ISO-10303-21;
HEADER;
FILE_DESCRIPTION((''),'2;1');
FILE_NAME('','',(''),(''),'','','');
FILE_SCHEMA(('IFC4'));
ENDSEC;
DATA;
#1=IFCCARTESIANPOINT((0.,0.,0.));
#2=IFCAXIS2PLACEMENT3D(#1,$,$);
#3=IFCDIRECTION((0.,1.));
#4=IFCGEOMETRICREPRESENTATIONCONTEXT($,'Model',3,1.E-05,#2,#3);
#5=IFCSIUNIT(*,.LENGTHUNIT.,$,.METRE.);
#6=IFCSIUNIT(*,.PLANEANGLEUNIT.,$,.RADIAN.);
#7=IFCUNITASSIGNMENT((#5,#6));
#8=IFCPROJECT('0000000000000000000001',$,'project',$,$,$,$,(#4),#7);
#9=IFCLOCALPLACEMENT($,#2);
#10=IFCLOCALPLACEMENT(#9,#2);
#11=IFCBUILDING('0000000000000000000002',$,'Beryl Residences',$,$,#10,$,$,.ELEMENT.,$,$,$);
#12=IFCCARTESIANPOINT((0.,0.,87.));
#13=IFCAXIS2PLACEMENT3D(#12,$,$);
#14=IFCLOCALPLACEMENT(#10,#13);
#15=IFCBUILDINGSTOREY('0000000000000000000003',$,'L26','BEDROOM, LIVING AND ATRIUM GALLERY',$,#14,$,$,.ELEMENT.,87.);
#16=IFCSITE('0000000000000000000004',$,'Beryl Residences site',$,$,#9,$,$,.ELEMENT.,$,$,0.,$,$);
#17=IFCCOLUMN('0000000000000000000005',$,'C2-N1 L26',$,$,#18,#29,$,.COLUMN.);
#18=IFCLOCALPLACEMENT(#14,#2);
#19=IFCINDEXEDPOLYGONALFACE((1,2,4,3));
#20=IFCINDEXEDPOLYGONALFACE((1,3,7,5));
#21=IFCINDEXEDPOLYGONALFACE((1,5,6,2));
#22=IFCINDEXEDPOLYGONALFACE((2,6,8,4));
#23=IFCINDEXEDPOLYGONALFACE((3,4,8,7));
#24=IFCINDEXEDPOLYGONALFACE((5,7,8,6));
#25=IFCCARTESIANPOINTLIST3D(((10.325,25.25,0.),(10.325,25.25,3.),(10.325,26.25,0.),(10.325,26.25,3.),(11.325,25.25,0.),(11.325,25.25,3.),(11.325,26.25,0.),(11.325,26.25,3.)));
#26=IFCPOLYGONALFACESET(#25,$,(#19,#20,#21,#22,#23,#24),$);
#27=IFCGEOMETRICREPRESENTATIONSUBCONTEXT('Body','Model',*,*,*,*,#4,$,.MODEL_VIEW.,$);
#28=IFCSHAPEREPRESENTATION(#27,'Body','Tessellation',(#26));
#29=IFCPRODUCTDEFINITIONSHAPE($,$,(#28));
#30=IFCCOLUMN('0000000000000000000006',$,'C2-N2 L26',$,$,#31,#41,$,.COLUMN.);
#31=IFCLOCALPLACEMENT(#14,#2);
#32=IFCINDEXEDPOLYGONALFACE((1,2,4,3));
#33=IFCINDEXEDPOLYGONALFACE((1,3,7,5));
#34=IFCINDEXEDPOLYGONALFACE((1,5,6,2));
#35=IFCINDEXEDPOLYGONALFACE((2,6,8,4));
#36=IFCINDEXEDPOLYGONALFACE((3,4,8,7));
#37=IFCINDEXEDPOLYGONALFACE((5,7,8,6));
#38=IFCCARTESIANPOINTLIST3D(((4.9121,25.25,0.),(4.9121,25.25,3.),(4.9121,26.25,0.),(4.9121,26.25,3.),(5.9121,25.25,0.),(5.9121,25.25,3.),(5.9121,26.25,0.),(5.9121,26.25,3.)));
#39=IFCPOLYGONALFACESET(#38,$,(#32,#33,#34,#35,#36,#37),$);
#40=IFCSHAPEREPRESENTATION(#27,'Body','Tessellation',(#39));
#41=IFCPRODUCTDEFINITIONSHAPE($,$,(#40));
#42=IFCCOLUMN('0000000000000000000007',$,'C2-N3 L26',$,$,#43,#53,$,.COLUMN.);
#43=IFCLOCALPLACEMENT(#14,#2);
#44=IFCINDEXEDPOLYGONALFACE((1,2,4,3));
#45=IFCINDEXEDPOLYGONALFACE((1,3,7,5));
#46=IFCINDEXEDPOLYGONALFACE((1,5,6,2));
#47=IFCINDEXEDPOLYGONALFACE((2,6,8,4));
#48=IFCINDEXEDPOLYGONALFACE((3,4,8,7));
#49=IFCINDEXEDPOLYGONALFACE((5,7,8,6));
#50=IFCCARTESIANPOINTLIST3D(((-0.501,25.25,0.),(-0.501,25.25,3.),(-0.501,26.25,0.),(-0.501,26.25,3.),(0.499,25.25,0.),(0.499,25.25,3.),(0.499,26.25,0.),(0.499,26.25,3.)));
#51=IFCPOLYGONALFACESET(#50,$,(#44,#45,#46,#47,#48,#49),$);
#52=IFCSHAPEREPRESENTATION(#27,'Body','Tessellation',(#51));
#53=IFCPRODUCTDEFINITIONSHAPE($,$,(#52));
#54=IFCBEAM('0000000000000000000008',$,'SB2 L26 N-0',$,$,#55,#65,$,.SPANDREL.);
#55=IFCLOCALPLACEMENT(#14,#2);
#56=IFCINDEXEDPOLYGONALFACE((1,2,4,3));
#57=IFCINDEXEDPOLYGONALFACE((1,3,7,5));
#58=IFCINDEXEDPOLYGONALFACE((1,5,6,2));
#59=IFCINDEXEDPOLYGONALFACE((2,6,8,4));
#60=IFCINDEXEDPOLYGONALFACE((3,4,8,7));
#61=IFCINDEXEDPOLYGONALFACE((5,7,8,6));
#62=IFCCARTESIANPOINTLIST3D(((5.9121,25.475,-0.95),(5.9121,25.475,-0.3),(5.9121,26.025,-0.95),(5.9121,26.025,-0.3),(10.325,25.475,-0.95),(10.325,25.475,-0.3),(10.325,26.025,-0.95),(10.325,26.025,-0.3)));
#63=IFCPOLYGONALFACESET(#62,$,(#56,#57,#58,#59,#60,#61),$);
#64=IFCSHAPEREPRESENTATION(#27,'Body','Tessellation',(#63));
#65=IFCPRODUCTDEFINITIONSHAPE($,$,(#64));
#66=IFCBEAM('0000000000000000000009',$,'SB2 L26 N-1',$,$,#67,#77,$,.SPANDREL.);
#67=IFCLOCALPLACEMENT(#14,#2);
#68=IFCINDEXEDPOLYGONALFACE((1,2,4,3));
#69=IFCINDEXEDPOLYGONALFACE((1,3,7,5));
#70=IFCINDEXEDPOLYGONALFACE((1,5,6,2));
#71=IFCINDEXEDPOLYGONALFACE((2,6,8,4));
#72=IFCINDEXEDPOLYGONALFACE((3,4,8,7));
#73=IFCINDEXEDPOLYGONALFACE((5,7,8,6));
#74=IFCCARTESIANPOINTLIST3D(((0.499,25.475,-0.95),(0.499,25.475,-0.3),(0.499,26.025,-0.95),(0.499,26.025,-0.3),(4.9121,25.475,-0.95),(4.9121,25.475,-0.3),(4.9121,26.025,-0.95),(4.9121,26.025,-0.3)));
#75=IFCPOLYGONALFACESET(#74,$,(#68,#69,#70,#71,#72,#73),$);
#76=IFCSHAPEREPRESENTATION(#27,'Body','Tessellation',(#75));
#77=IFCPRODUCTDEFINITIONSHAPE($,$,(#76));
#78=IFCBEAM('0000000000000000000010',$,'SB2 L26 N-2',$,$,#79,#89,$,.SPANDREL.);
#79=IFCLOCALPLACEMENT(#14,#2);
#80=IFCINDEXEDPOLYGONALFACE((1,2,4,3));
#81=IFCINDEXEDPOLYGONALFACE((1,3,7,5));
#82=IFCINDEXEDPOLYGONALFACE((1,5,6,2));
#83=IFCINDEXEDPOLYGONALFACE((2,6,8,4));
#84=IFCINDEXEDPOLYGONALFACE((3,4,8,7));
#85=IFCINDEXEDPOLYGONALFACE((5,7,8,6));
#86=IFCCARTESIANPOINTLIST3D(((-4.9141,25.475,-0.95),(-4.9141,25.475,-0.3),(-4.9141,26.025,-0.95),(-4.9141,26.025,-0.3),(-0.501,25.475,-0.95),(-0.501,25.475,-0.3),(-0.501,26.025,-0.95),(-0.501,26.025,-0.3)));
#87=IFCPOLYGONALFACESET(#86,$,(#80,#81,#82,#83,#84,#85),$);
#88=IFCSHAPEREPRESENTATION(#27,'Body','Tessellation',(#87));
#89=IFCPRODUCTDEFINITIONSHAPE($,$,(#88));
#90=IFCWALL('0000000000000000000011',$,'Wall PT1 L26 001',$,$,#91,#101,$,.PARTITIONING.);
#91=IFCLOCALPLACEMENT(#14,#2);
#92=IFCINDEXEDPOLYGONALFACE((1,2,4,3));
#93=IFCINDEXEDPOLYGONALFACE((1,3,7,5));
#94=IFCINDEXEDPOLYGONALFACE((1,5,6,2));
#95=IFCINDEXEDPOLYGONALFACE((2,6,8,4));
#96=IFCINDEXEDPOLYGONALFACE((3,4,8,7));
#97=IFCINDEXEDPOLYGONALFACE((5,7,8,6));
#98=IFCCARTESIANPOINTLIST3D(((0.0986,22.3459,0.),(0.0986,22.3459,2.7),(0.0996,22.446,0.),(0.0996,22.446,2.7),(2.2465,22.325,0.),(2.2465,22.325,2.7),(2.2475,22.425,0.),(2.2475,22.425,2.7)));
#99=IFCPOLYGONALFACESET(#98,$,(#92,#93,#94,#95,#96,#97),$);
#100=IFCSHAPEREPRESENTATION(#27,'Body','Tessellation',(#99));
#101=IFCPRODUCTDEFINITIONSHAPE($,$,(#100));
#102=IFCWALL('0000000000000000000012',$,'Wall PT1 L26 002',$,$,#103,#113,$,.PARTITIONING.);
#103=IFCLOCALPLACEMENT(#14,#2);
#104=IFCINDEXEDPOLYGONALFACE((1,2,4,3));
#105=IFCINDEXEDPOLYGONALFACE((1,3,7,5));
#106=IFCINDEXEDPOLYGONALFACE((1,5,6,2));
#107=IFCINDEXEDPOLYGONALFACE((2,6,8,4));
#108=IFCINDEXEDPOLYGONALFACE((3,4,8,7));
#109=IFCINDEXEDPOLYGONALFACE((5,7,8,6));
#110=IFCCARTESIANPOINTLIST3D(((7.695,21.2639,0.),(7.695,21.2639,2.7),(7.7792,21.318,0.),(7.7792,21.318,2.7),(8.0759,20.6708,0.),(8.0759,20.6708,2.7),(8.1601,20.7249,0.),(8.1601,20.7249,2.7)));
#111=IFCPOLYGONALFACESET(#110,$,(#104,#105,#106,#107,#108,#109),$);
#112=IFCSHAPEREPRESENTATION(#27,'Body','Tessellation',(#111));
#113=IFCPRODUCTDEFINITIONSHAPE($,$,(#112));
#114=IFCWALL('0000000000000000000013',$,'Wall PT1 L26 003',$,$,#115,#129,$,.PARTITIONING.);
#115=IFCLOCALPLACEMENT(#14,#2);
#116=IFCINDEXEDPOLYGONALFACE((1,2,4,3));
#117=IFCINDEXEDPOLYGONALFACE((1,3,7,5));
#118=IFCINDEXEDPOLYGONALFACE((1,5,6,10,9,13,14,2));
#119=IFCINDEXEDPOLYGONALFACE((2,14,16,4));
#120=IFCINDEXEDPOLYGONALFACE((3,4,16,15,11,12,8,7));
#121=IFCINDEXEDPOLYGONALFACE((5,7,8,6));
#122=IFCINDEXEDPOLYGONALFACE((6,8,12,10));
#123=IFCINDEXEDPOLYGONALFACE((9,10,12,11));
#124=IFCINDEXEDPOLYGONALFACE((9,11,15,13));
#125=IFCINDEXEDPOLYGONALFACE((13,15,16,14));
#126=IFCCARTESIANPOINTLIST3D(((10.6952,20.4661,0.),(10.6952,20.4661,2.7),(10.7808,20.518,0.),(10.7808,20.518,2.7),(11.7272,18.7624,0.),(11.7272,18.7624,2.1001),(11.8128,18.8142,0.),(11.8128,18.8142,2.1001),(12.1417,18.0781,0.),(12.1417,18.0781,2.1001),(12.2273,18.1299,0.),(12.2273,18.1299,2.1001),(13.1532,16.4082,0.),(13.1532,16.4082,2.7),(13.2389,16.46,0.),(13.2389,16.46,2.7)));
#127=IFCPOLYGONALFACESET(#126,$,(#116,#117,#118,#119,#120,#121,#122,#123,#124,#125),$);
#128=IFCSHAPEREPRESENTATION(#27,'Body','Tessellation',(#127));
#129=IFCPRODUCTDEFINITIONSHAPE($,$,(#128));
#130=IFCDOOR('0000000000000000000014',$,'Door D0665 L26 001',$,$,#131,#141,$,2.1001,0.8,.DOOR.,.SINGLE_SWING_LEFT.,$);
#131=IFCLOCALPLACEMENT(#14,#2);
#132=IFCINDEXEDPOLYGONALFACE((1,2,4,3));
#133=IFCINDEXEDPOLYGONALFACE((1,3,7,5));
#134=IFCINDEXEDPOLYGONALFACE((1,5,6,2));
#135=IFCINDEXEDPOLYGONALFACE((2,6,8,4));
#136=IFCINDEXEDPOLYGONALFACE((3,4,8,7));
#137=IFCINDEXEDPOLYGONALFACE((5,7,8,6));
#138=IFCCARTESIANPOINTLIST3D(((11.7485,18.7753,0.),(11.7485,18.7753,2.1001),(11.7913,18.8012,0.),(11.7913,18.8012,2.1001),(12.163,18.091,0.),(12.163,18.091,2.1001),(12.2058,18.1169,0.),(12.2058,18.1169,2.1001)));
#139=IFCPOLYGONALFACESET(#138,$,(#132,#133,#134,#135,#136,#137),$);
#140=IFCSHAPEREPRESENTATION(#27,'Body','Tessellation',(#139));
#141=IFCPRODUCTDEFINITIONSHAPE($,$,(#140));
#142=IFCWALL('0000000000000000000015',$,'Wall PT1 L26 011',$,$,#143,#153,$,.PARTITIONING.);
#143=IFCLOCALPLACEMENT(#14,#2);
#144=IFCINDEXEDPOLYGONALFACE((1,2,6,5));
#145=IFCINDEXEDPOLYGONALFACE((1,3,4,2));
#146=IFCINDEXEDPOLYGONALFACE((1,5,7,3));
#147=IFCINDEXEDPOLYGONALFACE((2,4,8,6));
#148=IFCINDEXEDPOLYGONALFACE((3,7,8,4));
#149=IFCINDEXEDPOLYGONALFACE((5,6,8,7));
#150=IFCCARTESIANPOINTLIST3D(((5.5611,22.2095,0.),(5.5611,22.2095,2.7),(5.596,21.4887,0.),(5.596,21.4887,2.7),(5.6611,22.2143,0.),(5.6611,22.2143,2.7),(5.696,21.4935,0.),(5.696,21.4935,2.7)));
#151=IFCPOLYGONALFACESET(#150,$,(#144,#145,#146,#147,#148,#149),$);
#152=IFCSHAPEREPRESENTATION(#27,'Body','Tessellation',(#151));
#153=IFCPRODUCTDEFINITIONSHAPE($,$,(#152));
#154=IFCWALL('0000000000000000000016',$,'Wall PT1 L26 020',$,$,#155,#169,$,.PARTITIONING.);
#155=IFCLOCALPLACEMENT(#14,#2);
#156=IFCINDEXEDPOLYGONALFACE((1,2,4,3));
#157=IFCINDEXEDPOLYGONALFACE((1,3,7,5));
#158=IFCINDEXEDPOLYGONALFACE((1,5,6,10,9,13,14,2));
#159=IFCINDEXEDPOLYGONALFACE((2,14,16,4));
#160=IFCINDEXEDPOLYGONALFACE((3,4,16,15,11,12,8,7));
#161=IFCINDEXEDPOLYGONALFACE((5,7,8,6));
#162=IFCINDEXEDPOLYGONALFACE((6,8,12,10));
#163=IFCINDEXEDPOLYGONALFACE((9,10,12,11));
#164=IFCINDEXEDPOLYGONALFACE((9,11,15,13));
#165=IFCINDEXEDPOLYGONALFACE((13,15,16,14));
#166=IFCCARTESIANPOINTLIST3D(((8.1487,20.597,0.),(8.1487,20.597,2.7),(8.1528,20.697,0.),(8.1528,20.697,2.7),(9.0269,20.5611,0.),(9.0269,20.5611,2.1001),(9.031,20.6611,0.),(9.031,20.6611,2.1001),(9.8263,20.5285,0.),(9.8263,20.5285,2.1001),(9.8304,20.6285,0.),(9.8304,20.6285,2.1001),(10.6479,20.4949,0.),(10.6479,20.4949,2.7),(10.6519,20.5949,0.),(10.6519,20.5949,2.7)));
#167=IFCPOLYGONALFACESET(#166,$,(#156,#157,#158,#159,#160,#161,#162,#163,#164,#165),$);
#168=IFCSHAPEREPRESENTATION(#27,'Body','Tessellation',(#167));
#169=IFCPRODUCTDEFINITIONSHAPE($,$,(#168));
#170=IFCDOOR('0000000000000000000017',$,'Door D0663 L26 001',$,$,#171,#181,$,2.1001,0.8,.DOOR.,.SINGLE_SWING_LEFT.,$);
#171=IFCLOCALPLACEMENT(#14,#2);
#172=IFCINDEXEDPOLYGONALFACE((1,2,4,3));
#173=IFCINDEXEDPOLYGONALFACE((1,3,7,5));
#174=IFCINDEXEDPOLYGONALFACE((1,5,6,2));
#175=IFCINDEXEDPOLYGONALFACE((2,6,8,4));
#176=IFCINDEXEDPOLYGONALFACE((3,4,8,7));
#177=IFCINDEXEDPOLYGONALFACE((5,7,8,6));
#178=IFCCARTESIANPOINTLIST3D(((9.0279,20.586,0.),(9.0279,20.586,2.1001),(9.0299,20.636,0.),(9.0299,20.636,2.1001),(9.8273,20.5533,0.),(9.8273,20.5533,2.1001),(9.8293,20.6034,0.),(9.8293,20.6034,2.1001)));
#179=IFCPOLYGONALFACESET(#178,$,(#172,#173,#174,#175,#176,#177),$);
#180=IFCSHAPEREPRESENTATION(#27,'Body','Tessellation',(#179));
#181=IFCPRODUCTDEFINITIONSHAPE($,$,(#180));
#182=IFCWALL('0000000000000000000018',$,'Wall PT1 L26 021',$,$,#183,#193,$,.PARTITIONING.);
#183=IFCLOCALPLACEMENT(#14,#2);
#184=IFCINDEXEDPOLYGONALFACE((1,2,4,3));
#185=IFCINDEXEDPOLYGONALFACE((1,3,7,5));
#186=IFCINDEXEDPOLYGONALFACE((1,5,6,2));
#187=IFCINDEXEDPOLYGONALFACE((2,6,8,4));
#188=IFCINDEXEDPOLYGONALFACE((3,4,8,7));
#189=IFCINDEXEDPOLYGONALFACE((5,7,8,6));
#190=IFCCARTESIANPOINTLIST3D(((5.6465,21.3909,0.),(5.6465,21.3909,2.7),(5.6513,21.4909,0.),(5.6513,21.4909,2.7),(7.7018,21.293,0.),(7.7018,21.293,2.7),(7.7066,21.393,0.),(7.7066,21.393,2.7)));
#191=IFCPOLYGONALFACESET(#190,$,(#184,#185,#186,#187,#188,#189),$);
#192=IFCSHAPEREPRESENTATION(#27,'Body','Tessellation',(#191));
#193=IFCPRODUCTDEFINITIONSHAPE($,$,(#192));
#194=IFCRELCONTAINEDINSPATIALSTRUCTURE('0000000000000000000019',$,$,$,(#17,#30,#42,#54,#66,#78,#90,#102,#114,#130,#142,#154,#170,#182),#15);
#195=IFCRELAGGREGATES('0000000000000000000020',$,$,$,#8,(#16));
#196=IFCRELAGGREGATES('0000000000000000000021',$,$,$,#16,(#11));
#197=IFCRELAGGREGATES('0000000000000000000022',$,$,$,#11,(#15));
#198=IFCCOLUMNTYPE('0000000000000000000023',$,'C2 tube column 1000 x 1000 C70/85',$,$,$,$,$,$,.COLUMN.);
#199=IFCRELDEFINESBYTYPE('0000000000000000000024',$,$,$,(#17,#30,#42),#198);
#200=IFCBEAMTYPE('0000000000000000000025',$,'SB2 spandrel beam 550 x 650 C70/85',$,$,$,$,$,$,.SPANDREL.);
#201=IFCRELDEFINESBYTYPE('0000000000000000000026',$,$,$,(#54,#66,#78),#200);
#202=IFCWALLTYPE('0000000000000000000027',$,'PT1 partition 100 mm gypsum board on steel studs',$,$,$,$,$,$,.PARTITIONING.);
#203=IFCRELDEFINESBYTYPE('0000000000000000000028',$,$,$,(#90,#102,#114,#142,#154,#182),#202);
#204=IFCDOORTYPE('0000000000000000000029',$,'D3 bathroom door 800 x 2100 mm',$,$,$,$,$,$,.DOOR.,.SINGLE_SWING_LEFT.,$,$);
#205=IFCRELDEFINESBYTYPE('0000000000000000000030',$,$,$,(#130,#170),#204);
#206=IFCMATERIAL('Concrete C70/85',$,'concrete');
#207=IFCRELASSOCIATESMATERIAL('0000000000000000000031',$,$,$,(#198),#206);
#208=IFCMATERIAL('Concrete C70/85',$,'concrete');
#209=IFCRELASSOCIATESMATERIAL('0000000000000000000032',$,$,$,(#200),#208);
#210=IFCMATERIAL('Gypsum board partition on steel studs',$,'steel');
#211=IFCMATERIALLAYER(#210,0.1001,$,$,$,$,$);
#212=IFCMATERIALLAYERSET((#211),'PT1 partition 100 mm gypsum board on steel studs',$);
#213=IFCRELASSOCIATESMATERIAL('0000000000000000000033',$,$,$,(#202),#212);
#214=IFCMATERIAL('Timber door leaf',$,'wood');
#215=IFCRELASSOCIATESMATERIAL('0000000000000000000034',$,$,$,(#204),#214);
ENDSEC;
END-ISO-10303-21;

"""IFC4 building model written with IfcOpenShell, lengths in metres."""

from ifc_helpers import new_model, si_unit, direction, frame, frame_2d, origin, origin_2d, place, context, subcontext, project, spatial, rectangle, extrude, material, layer, layer_set, material_profile, profile_set, type_object, element, fill, save


model = new_model("IFC4")

# Units and contexts
model_context = context("Model", 3, precision=1e-05, world=origin(), true_north=direction((0.0, 1.0)))
body_context = subcontext(model_context, "Body", "Model", "MODEL_VIEW")
ifc_project = project(units=[si_unit("LENGTHUNIT", "METRE"), si_unit("PLANEANGLEUNIT", "RADIAN")], contexts=[model_context])

# Site, building, storey
site_placement = place(None, origin())
site = spatial("IfcSite", under=ifc_project, at=site_placement, Name="Beryl Residences site", CompositionType="ELEMENT", RefElevation=0.0)
building_placement = place(site_placement, origin())
building = spatial("IfcBuilding", under=site, at=building_placement, Name="Beryl Residences", CompositionType="ELEMENT")
storey_placement = place(building_placement, frame((0.0, 0.0, 87.0)))
storey = spatial("IfcBuildingStorey", under=building, at=storey_placement, Name="L26", Description="BEDROOM, LIVING AND ATRIUM GALLERY", CompositionType="ELEMENT", Elevation=87.0)

# Columns
ifc_material_1 = material(Name="Concrete C70/85", Category="concrete")
ifc_material_profile_1 = material_profile(ifc_material_1, rectangle(XDim=1.0, YDim=1.0, at=origin_2d()))
ifc_profile_set_1 = profile_set([ifc_material_profile_1], Name="Concrete C70/85")
column_type = type_object("IfcColumnType", Name="C2 tube column 1000 x 1000 C70/85", PredefinedType="COLUMN", material=ifc_profile_set_1)
for number, where, z_axis, x_axis, name in (
    (1, (10.825, 25.75, 0.0), (0.0, 0.0, 1.0), (-1.0, 0.0, 0.0), "C2-N1 L26"),
    (2, (5.4121, 25.75, 0.0), (0.0, 0.0, 1.0), (-1.0, 0.0, 0.0), "C2-N2 L26"),
    (3, (-0.001, 25.75, 0.0), (0.0, 0.0, 1.0), (-1.0, 0.0, 0.0), "C2-N3 L26"),
):
    element("IfcColumn", number, at=place(storey_placement, frame(where, z_axis=z_axis, x_axis=x_axis)), inside=storey, type_object=column_type, Name=name, PredefinedType="COLUMN", context=body_context, shape_type="SweptSolid", body=[
        extrude(rectangle(XDim=1.0, YDim=1.0, at=origin_2d()), origin(), (0.0, 0.0, 1.0), 3.0),
    ])

# Beams
ifc_material_2 = material(Name="Concrete C70/85", Category="concrete")
ifc_material_profile_2 = material_profile(ifc_material_2, rectangle(XDim=0.55, YDim=0.6499, at=origin_2d()))
ifc_profile_set_2 = profile_set([ifc_material_profile_2], Name="Concrete C70/85")
beam_type = type_object("IfcBeamType", Name="SB2 spandrel beam 550 x 650 C70/85", PredefinedType="SPANDREL", material=ifc_profile_set_2)
beam_placement = place(storey_placement, frame((10.325, 25.75, -0.625), z_axis=(-1.0, 0.0, 0.0), x_axis=(0.0, -1.0, 0.0)))
element("IfcBeam", 4, at=beam_placement, inside=storey, type_object=beam_type, Name="SB2 L26 N-0", PredefinedType="SPANDREL", context=body_context, shape_type="SweptSolid", body=[
    extrude(rectangle(XDim=0.55, YDim=0.6499, at=origin_2d()), origin(), (0.0, 0.0, 1.0), 4.4128),
])
for number, where, z_axis, x_axis, name in (
    (5, (4.9121, 25.75, -0.625), (-1.0, 0.0, 0.0), (0.0, -1.0, 0.0), "SB2 L26 N-1"),
    (6, (-0.501, 25.75, -0.625), (-1.0, 0.0, 0.0), (0.0, -1.0, 0.0), "SB2 L26 N-2"),
):
    element("IfcBeam", number, at=place(storey_placement, frame(where, z_axis=z_axis, x_axis=x_axis)), inside=storey, type_object=beam_type, Name=name, PredefinedType="SPANDREL", context=body_context, shape_type="SweptSolid", body=[
        extrude(rectangle(XDim=0.55, YDim=0.6499, at=origin_2d()), origin(), (0.0, 0.0, 1.0), 4.4131),
    ])

# Walls
ifc_material_3 = material(Name="Gypsum board partition on steel studs", Category="steel")
ifc_layer_1 = layer(ifc_material_3, 0.1001)
ifc_layer_set_1 = layer_set([ifc_layer_1], Name="PT1 partition 100 mm gypsum board on steel studs")
wall_type_1 = type_object("IfcWallType", Name="PT1 partition 100 mm gypsum board on steel studs", PredefinedType="PARTITIONING", material=ifc_layer_set_1)
wall_1_placement = place(storey_placement, frame((0.0991, 22.396, 0.0), z_axis=(0.0, 0.0, 1.0), x_axis=(0.999952, -0.009774, 0.0)))
element("IfcWall", 7, at=wall_1_placement, inside=storey, type_object=wall_type_1, Name="Wall PT1 L26 001", PredefinedType="PARTITIONING", context=body_context, shape_type="SweptSolid", body=[
    extrude(rectangle(XDim=2.1479, YDim=0.1001, at=frame_2d((1.074, 0.0))), origin(), (0.0, 0.0, 1.0), 2.7),
])
wall_2_placement = place(storey_placement, frame((7.7371, 21.291, 0.0), z_axis=(0.0, 0.0, 1.0), x_axis=(0.54039, -0.841415, 0.0)))
element("IfcWall", 8, at=wall_2_placement, inside=storey, type_object=wall_type_1, Name="Wall PT1 L26 002", PredefinedType="PARTITIONING", context=body_context, shape_type="SweptSolid", body=[
    extrude(rectangle(XDim=0.7048, YDim=0.1001, at=frame_2d((0.3525, 0.0))), origin(), (0.0, 0.0, 1.0), 2.7),
])

# Wall, opening, door
wall_3_placement = place(storey_placement, frame((10.738, 20.4919, 0.0), z_axis=(0.0, 0.0, 1.0), x_axis=(0.518101, -0.855319, 0.0)))
wall_3 = element("IfcWall", 9, at=wall_3_placement, inside=storey, type_object=wall_type_1, Name="Wall PT1 L26 003", PredefinedType="PARTITIONING", context=body_context, shape_type="SweptSolid", body=[
    extrude(rectangle(XDim=4.7444, YDim=0.1001, at=frame_2d((2.3721, 0.0))), origin(), (0.0, 0.0, 1.0), 2.7),
])
opening_1_placement = place(wall_3_placement, frame((1.9919, 0.0, 0.0)))
opening_1 = element("IfcOpeningElement", 10, at=opening_1_placement, cuts=wall_3, PredefinedType="OPENING", context=body_context, shape_type="SweptSolid", body=[
    extrude(rectangle(XDim=0.8, YDim=2.1001, at=frame_2d((0.3999, 1.05))), frame((0.0, 0.0601, 0.0), z_axis=(0.0, -1.0, 0.0), x_axis=(1.0, 0.0, 0.0)), (0.0, 0.0, 1.0), 0.1201),
])
ifc_material_4 = material(Name="Timber door leaf", Category="wood")
door_type_1 = type_object("IfcDoorType", Name="D3 bathroom door 800 x 2100 mm", OperationType="SINGLE_SWING_LEFT", PredefinedType="DOOR", material=ifc_material_4)
door_1_placement = place(opening_1_placement, origin())
door_1 = element("IfcDoor", 11, at=door_1_placement, inside=storey, type_object=door_type_1, Name="Door D0665 L26 001", OperationType="SINGLE_SWING_LEFT", OverallHeight=2.1001, OverallWidth=0.8, PredefinedType="DOOR", context=body_context, shape_type="SweptSolid", body=[
    extrude(rectangle(XDim=0.8, YDim=2.1001, at=frame_2d((0.3999, 1.05))), frame((0.0, 0.0249, 0.0), z_axis=(0.0, -1.0, 0.0), x_axis=(1.0, 0.0, 0.0)), (0.0, 0.0, 1.0), 0.05),
])
fill(opening_1, door_1)

# Wall
wall_4_placement = place(storey_placement, frame((5.6111, 22.2119, 0.0), z_axis=(0.0, 0.0, 1.0), x_axis=(0.048369, -0.99883, 0.0)))
element("IfcWall", 12, at=wall_4_placement, inside=storey, type_object=wall_type_1, Name="Wall PT1 L26 011", PredefinedType="PARTITIONING", context=body_context, shape_type="SweptSolid", body=[
    extrude(rectangle(XDim=0.7217, YDim=0.1001, at=frame_2d((0.3608, 0.0))), origin(), (0.0, 0.0, 1.0), 2.7),
])

# Wall, opening, door
wall_5_placement = place(storey_placement, frame((8.1509, 20.647, 0.0), z_axis=(0.0, 0.0, 1.0), x_axis=(0.999167, -0.040802, 0.0)))
wall_5 = element("IfcWall", 13, at=wall_5_placement, inside=storey, type_object=wall_type_1, Name="Wall PT1 L26 020", PredefinedType="PARTITIONING", context=body_context, shape_type="SweptSolid", body=[
    extrude(rectangle(XDim=2.5012, YDim=0.1001, at=frame_2d((1.2505, 0.0))), origin(), (0.0, 0.0, 1.0), 2.7),
])
opening_2_placement = place(wall_5_placement, frame((0.8789, 0.0, 0.0)))
opening_2 = element("IfcOpeningElement", 14, at=opening_2_placement, cuts=wall_5, PredefinedType="OPENING", context=body_context, shape_type="SweptSolid", body=[
    extrude(rectangle(XDim=0.8, YDim=2.1001, at=frame_2d((0.3999, 1.05))), frame((0.0, 0.0601, 0.0), z_axis=(0.0, -1.0, 0.0), x_axis=(1.0, 0.0, 0.0)), (0.0, 0.0, 1.0), 0.1201),
])
door_2_placement = place(opening_2_placement, origin())
door_2 = element("IfcDoor", 15, at=door_2_placement, inside=storey, type_object=door_type_1, Name="Door D0663 L26 001", OperationType="SINGLE_SWING_LEFT", OverallHeight=2.1001, OverallWidth=0.8, PredefinedType="DOOR", context=body_context, shape_type="SweptSolid", body=[
    extrude(rectangle(XDim=0.8, YDim=2.1001, at=frame_2d((0.3999, 1.05))), frame((0.0, 0.0249, 0.0), z_axis=(0.0, -1.0, 0.0), x_axis=(1.0, 0.0, 0.0)), (0.0, 0.0, 1.0), 0.05),
])
fill(opening_2, door_2)

# Wall
wall_6_placement = place(storey_placement, frame((5.6489, 21.4409, 0.0), z_axis=(0.0, 0.0, 1.0), x_axis=(0.998867, -0.047582, 0.0)))
element("IfcWall", 16, at=wall_6_placement, inside=storey, type_object=wall_type_1, Name="Wall PT1 L26 021", PredefinedType="PARTITIONING", context=body_context, shape_type="SweptSolid", body=[
    extrude(rectangle(XDim=2.0576, YDim=0.1001, at=frame_2d((1.0288, 0.0))), origin(), (0.0, 0.0, 1.0), 2.7),
])

save(model, "model.ifc")
